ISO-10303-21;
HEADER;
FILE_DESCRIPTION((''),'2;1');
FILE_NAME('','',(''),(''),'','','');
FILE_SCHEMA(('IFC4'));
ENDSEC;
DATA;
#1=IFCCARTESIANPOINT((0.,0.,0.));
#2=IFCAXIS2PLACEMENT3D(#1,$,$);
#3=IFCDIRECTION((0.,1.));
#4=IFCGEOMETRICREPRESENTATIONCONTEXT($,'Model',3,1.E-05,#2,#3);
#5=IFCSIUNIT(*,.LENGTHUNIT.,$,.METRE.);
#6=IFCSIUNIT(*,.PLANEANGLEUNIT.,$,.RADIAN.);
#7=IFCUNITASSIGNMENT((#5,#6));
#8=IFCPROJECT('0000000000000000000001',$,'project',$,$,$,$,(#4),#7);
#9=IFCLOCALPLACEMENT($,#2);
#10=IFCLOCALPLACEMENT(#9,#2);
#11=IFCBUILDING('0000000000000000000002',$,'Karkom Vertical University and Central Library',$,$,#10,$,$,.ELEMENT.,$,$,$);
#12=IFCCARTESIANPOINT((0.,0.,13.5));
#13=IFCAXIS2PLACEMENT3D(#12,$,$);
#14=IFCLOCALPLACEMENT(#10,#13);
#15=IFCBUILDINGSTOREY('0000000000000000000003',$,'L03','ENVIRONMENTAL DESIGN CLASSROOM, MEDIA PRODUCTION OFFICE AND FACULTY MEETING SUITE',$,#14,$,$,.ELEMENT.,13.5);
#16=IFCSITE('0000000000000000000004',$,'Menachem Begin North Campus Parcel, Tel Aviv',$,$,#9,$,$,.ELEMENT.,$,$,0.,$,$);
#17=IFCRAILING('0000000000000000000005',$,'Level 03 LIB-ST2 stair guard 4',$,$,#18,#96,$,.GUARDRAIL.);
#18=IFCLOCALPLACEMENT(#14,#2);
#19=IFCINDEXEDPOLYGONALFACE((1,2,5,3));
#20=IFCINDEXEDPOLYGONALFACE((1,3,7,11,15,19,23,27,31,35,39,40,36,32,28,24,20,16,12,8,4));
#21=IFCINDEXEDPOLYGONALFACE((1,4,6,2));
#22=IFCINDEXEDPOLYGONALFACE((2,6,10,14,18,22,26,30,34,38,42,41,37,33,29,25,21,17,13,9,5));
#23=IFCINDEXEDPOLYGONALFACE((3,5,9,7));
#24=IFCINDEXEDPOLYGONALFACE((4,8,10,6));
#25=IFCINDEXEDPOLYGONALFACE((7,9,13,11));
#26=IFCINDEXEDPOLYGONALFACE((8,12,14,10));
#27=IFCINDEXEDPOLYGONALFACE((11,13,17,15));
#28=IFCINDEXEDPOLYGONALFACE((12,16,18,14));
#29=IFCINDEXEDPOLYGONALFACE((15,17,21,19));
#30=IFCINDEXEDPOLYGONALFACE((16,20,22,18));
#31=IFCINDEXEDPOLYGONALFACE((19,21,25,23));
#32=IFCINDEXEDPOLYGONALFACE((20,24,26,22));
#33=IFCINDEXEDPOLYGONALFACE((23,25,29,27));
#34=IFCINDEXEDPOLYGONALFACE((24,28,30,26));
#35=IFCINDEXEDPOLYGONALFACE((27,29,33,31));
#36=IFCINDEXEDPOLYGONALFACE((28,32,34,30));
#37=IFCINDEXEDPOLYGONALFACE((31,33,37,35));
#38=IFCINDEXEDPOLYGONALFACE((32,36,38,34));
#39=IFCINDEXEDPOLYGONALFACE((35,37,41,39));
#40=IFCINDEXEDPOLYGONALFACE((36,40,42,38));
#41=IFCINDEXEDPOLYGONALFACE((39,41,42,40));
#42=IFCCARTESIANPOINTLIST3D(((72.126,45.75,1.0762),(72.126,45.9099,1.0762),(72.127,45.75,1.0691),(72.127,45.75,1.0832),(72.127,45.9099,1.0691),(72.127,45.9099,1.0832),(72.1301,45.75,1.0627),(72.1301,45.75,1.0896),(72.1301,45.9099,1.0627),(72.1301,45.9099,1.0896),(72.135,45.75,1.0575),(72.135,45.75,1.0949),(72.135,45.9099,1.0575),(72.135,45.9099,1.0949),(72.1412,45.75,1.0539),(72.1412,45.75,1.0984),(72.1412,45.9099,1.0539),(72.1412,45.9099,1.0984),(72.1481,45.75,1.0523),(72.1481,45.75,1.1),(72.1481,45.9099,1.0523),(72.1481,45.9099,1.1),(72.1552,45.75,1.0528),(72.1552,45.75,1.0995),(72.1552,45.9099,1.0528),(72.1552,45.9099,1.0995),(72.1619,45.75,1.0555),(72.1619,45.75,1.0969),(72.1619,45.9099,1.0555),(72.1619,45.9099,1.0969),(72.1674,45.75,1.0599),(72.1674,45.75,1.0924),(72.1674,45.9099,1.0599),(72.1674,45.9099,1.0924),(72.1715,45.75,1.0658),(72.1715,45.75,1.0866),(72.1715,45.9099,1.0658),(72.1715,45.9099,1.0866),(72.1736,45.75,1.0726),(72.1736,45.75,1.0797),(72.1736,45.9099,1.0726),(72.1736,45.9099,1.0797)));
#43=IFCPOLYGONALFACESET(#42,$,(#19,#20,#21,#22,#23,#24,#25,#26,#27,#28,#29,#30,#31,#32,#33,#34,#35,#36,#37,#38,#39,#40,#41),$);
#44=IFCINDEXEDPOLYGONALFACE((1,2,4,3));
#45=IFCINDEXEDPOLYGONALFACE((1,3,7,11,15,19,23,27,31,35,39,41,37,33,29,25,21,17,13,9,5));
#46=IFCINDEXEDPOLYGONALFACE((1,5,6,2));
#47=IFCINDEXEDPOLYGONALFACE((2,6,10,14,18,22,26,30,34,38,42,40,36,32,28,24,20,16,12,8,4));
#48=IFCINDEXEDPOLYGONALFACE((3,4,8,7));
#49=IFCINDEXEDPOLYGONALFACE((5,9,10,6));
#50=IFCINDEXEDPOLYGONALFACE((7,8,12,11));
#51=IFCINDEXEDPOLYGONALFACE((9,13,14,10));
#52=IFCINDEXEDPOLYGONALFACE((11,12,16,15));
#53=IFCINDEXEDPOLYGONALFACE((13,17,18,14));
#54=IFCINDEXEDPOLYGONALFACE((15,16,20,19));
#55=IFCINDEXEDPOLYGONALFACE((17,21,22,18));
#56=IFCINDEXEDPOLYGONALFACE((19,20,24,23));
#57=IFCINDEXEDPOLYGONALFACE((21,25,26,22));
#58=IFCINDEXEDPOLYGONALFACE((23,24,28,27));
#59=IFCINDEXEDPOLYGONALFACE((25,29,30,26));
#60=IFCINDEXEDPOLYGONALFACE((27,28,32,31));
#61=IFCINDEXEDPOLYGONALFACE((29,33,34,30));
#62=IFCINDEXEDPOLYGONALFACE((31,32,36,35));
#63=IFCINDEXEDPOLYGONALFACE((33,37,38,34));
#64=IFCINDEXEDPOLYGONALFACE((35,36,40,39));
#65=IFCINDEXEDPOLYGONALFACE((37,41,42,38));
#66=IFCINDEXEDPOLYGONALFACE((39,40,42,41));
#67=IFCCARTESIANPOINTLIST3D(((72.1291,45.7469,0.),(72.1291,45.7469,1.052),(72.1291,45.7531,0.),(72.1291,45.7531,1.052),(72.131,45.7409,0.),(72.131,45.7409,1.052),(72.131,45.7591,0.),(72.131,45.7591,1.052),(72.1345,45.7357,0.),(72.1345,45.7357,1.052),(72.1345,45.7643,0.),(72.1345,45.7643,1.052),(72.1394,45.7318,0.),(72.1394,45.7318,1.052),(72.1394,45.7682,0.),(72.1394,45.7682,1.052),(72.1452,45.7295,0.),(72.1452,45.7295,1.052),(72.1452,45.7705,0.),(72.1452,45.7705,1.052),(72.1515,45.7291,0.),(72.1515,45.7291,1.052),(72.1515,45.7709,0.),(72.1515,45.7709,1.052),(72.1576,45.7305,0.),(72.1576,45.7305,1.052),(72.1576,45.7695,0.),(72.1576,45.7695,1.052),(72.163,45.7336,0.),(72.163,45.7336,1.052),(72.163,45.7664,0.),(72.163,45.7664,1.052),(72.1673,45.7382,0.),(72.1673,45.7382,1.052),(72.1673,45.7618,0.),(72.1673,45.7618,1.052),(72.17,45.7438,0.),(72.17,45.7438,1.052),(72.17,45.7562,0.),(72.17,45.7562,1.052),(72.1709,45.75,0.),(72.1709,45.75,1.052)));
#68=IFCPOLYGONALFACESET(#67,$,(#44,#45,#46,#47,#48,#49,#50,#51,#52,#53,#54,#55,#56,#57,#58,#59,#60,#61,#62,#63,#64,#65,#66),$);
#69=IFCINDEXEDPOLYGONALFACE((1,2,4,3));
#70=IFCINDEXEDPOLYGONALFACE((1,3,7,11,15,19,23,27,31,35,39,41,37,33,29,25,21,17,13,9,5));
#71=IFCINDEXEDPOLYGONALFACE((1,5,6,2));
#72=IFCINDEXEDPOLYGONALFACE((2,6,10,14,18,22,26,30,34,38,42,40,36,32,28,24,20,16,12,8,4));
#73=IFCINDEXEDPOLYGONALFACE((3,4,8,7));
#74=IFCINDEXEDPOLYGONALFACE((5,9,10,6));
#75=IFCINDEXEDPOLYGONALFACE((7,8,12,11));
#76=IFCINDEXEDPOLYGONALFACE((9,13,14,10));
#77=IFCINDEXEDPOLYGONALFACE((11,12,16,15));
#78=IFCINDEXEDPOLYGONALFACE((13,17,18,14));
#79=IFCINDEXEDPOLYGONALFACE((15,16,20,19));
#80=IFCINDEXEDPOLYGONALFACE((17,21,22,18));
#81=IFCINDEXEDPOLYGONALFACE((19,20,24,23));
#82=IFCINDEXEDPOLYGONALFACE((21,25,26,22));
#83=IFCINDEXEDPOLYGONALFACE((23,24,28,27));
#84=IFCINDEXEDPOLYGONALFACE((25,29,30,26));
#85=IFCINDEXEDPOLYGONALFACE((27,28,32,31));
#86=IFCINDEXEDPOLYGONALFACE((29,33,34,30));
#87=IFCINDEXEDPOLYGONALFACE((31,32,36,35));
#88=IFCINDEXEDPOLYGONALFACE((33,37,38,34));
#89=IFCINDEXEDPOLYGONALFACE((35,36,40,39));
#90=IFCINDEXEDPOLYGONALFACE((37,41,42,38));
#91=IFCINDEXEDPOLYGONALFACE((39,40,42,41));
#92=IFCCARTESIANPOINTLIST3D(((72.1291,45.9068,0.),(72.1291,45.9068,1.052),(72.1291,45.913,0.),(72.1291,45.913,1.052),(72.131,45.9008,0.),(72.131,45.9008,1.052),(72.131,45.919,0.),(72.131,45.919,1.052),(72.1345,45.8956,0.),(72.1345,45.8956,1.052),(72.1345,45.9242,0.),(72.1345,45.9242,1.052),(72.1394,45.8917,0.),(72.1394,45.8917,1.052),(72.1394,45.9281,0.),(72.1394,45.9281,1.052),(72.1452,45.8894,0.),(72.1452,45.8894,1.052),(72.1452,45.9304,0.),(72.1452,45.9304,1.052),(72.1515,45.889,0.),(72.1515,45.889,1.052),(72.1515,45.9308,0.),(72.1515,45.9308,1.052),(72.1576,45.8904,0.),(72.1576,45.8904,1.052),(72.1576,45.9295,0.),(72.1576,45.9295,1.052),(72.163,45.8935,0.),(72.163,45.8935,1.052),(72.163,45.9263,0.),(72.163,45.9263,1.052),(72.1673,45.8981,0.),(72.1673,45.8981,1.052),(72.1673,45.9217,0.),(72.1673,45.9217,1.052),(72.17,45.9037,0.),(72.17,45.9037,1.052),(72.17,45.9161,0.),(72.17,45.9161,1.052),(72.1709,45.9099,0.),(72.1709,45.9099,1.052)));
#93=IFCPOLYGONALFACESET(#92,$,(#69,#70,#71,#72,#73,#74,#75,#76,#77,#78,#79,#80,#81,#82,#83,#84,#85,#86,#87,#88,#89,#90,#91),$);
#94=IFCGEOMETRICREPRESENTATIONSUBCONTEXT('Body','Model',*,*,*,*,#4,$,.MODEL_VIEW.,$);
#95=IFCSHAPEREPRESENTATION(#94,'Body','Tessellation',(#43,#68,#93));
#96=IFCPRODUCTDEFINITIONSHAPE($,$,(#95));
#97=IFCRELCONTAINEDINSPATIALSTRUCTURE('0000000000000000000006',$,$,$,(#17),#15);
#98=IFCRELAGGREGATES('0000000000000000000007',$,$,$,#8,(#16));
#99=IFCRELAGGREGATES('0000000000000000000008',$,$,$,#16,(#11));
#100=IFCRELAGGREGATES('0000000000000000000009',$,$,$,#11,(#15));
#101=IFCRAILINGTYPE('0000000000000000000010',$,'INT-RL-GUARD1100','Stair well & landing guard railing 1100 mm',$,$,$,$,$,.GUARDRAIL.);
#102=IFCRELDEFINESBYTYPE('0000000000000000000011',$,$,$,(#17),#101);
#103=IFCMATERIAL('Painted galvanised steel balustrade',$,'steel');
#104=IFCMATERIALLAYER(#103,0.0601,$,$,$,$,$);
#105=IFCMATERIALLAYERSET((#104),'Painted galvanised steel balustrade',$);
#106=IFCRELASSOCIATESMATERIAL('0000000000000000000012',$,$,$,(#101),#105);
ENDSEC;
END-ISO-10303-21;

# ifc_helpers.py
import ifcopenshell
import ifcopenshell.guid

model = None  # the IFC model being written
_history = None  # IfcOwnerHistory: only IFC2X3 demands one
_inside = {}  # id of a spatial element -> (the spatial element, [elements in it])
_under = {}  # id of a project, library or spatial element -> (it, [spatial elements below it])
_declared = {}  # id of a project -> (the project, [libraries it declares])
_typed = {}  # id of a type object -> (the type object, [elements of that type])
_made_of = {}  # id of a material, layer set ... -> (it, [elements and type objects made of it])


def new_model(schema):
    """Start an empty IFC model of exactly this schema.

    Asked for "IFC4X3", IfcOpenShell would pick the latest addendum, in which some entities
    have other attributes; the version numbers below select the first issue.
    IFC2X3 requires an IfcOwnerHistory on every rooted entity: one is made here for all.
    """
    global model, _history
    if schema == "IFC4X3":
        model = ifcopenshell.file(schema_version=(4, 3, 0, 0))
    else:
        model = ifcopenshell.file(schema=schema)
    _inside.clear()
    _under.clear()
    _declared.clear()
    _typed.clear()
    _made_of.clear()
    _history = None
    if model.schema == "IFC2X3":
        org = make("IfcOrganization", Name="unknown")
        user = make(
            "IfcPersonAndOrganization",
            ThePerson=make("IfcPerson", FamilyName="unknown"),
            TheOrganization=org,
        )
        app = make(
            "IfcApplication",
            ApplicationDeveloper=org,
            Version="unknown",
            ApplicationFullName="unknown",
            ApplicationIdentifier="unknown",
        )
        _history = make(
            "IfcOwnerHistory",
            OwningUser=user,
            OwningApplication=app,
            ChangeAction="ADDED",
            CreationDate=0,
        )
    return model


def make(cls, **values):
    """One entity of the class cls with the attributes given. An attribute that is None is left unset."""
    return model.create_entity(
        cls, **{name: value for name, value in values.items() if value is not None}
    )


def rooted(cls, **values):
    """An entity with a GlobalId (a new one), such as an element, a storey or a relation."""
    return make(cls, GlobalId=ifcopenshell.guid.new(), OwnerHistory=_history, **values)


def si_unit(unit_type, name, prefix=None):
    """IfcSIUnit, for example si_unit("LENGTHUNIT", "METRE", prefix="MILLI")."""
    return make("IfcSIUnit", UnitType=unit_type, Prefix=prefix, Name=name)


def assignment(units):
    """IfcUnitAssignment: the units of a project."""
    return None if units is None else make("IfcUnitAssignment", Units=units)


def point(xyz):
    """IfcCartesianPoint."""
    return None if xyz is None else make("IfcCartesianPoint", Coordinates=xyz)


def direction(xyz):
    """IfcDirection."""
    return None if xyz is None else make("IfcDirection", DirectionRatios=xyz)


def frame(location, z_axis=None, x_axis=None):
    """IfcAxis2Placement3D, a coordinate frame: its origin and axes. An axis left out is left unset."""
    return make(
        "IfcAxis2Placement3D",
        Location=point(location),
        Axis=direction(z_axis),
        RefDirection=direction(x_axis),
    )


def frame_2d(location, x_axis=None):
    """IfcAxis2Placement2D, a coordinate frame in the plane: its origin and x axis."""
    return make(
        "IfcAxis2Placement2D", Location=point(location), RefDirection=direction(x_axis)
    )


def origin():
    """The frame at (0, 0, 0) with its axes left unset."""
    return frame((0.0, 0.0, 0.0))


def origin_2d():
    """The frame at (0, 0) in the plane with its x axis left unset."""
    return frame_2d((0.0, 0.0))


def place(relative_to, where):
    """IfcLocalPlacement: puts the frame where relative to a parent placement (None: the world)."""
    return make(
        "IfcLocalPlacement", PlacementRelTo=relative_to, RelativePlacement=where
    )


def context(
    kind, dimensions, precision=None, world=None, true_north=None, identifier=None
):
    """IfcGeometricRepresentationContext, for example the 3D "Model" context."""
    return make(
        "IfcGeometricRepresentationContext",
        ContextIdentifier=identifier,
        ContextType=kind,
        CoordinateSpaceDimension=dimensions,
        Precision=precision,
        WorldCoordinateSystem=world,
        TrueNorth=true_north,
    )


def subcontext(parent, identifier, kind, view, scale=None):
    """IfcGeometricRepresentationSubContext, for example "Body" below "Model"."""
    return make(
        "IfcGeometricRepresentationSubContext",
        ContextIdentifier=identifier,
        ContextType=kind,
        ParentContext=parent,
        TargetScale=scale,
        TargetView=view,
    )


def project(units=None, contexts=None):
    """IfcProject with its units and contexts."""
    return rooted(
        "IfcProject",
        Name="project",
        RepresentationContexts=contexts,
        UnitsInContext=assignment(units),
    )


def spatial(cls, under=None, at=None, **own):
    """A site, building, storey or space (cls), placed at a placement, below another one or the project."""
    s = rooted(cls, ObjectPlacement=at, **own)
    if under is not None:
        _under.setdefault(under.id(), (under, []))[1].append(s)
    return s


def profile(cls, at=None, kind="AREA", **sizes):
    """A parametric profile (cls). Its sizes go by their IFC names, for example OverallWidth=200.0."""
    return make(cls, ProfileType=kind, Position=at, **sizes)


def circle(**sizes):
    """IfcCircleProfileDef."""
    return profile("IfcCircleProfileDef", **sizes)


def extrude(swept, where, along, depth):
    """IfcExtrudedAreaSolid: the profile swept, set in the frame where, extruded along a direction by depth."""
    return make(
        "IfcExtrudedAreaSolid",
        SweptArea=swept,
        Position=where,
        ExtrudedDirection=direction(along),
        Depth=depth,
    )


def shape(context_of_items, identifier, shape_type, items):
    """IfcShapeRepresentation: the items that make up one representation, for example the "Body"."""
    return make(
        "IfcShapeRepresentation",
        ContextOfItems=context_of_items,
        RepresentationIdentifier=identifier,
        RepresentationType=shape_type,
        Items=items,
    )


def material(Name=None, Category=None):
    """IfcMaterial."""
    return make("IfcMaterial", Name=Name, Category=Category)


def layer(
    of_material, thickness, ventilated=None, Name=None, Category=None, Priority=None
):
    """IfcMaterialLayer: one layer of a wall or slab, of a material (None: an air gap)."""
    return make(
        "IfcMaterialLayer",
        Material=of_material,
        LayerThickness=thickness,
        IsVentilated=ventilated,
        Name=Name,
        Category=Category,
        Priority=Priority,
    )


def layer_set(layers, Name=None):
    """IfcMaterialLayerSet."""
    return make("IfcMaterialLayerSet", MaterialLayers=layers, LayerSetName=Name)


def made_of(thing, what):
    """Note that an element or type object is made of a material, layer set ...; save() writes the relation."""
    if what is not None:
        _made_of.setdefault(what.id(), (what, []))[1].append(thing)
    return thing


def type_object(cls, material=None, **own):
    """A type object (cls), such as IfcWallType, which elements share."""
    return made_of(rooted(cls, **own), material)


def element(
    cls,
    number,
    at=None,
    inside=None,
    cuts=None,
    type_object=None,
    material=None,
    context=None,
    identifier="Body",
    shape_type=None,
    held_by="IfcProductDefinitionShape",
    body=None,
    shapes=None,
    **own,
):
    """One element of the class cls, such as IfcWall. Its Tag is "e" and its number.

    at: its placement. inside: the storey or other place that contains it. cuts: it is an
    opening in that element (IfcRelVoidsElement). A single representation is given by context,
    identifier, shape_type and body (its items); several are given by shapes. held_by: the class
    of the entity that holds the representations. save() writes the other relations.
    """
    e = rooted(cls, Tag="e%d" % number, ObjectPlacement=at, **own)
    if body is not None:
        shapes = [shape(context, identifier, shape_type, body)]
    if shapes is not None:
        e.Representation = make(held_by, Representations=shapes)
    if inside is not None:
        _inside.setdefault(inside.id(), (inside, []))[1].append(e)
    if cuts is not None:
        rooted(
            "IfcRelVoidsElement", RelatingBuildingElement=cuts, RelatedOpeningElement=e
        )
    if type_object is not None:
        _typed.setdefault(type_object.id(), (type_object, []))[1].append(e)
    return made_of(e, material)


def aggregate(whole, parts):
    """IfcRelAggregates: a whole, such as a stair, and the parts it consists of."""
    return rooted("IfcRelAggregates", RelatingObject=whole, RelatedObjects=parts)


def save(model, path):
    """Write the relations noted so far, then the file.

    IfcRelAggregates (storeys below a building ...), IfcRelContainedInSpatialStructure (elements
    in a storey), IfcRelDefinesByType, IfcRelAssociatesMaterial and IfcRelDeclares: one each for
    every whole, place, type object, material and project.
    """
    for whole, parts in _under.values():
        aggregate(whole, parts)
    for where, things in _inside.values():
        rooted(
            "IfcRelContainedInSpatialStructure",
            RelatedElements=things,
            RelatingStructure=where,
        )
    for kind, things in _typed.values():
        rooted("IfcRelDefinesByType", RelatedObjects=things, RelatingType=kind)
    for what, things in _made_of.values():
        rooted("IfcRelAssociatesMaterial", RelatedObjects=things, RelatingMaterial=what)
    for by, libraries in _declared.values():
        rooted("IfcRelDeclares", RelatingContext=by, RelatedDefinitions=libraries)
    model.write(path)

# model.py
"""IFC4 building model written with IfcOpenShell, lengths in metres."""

from ifc_helpers import new_model, si_unit, direction, frame, origin, origin_2d, place, context, subcontext, project, spatial, circle, extrude, material, layer, layer_set, type_object, element, save


model = new_model("IFC4")

# Units and contexts
model_context = context("Model", 3, precision=1e-05, world=origin(), true_north=direction((0.0, 1.0)))
body_context = subcontext(model_context, "Body", "Model", "MODEL_VIEW")
ifc_project = project(units=[si_unit("LENGTHUNIT", "METRE"), si_unit("PLANEANGLEUNIT", "RADIAN")], contexts=[model_context])

# Site, building, storey
site_placement = place(None, origin())
site = spatial("IfcSite", under=ifc_project, at=site_placement, Name="Menachem Begin North Campus Parcel, Tel Aviv", CompositionType="ELEMENT", RefElevation=0.0)
building_placement = place(site_placement, origin())
building = spatial("IfcBuilding", under=site, at=building_placement, Name="Karkom Vertical University and Central Library", CompositionType="ELEMENT")
storey_placement = place(building_placement, frame((0.0, 0.0, 13.5)))
storey = spatial("IfcBuildingStorey", under=building, at=storey_placement, Name="L03", Description="ENVIRONMENTAL DESIGN CLASSROOM, MEDIA PRODUCTION OFFICE AND FACULTY MEETING SUITE", CompositionType="ELEMENT", Elevation=13.5)

# Railing
ifc_material_1 = material(Name="Painted galvanised steel balustrade", Category="steel")
ifc_layer_1 = layer(ifc_material_1, 0.0601)
ifc_layer_set_1 = layer_set([ifc_layer_1], Name="Painted galvanised steel balustrade")
railing_type_1 = type_object("IfcRailingType", Name="INT-RL-GUARD1100", Description="Stair well & landing guard railing 1100 mm", PredefinedType="GUARDRAIL", material=ifc_layer_set_1)
railing_1_placement = place(storey_placement, frame((72.1499, 45.75, 0.0)))
element("IfcRailing", 1, at=railing_1_placement, inside=storey, type_object=railing_type_1, Name="Level 03 LIB-ST2 stair guard 4", PredefinedType="GUARDRAIL", context=body_context, shape_type="SweptSolid", body=[
    extrude(circle(Radius=0.0239, at=origin_2d()), frame((0.0, 0.0, 1.0762), z_axis=(0.0, 1.0, 0.0), x_axis=(-1.0, 0.0, 0.0)), (0.0, 0.0, 1.0), 0.1599),
    extrude(circle(Radius=0.021, at=origin_2d()), origin(), (0.0, 0.0, 1.0), 1.052),
    extrude(circle(Radius=0.021, at=origin_2d()), frame((0.0, 0.1599, 0.0)), (0.0, 0.0, 1.0), 1.052),
])

save(model, "model.ifc")
